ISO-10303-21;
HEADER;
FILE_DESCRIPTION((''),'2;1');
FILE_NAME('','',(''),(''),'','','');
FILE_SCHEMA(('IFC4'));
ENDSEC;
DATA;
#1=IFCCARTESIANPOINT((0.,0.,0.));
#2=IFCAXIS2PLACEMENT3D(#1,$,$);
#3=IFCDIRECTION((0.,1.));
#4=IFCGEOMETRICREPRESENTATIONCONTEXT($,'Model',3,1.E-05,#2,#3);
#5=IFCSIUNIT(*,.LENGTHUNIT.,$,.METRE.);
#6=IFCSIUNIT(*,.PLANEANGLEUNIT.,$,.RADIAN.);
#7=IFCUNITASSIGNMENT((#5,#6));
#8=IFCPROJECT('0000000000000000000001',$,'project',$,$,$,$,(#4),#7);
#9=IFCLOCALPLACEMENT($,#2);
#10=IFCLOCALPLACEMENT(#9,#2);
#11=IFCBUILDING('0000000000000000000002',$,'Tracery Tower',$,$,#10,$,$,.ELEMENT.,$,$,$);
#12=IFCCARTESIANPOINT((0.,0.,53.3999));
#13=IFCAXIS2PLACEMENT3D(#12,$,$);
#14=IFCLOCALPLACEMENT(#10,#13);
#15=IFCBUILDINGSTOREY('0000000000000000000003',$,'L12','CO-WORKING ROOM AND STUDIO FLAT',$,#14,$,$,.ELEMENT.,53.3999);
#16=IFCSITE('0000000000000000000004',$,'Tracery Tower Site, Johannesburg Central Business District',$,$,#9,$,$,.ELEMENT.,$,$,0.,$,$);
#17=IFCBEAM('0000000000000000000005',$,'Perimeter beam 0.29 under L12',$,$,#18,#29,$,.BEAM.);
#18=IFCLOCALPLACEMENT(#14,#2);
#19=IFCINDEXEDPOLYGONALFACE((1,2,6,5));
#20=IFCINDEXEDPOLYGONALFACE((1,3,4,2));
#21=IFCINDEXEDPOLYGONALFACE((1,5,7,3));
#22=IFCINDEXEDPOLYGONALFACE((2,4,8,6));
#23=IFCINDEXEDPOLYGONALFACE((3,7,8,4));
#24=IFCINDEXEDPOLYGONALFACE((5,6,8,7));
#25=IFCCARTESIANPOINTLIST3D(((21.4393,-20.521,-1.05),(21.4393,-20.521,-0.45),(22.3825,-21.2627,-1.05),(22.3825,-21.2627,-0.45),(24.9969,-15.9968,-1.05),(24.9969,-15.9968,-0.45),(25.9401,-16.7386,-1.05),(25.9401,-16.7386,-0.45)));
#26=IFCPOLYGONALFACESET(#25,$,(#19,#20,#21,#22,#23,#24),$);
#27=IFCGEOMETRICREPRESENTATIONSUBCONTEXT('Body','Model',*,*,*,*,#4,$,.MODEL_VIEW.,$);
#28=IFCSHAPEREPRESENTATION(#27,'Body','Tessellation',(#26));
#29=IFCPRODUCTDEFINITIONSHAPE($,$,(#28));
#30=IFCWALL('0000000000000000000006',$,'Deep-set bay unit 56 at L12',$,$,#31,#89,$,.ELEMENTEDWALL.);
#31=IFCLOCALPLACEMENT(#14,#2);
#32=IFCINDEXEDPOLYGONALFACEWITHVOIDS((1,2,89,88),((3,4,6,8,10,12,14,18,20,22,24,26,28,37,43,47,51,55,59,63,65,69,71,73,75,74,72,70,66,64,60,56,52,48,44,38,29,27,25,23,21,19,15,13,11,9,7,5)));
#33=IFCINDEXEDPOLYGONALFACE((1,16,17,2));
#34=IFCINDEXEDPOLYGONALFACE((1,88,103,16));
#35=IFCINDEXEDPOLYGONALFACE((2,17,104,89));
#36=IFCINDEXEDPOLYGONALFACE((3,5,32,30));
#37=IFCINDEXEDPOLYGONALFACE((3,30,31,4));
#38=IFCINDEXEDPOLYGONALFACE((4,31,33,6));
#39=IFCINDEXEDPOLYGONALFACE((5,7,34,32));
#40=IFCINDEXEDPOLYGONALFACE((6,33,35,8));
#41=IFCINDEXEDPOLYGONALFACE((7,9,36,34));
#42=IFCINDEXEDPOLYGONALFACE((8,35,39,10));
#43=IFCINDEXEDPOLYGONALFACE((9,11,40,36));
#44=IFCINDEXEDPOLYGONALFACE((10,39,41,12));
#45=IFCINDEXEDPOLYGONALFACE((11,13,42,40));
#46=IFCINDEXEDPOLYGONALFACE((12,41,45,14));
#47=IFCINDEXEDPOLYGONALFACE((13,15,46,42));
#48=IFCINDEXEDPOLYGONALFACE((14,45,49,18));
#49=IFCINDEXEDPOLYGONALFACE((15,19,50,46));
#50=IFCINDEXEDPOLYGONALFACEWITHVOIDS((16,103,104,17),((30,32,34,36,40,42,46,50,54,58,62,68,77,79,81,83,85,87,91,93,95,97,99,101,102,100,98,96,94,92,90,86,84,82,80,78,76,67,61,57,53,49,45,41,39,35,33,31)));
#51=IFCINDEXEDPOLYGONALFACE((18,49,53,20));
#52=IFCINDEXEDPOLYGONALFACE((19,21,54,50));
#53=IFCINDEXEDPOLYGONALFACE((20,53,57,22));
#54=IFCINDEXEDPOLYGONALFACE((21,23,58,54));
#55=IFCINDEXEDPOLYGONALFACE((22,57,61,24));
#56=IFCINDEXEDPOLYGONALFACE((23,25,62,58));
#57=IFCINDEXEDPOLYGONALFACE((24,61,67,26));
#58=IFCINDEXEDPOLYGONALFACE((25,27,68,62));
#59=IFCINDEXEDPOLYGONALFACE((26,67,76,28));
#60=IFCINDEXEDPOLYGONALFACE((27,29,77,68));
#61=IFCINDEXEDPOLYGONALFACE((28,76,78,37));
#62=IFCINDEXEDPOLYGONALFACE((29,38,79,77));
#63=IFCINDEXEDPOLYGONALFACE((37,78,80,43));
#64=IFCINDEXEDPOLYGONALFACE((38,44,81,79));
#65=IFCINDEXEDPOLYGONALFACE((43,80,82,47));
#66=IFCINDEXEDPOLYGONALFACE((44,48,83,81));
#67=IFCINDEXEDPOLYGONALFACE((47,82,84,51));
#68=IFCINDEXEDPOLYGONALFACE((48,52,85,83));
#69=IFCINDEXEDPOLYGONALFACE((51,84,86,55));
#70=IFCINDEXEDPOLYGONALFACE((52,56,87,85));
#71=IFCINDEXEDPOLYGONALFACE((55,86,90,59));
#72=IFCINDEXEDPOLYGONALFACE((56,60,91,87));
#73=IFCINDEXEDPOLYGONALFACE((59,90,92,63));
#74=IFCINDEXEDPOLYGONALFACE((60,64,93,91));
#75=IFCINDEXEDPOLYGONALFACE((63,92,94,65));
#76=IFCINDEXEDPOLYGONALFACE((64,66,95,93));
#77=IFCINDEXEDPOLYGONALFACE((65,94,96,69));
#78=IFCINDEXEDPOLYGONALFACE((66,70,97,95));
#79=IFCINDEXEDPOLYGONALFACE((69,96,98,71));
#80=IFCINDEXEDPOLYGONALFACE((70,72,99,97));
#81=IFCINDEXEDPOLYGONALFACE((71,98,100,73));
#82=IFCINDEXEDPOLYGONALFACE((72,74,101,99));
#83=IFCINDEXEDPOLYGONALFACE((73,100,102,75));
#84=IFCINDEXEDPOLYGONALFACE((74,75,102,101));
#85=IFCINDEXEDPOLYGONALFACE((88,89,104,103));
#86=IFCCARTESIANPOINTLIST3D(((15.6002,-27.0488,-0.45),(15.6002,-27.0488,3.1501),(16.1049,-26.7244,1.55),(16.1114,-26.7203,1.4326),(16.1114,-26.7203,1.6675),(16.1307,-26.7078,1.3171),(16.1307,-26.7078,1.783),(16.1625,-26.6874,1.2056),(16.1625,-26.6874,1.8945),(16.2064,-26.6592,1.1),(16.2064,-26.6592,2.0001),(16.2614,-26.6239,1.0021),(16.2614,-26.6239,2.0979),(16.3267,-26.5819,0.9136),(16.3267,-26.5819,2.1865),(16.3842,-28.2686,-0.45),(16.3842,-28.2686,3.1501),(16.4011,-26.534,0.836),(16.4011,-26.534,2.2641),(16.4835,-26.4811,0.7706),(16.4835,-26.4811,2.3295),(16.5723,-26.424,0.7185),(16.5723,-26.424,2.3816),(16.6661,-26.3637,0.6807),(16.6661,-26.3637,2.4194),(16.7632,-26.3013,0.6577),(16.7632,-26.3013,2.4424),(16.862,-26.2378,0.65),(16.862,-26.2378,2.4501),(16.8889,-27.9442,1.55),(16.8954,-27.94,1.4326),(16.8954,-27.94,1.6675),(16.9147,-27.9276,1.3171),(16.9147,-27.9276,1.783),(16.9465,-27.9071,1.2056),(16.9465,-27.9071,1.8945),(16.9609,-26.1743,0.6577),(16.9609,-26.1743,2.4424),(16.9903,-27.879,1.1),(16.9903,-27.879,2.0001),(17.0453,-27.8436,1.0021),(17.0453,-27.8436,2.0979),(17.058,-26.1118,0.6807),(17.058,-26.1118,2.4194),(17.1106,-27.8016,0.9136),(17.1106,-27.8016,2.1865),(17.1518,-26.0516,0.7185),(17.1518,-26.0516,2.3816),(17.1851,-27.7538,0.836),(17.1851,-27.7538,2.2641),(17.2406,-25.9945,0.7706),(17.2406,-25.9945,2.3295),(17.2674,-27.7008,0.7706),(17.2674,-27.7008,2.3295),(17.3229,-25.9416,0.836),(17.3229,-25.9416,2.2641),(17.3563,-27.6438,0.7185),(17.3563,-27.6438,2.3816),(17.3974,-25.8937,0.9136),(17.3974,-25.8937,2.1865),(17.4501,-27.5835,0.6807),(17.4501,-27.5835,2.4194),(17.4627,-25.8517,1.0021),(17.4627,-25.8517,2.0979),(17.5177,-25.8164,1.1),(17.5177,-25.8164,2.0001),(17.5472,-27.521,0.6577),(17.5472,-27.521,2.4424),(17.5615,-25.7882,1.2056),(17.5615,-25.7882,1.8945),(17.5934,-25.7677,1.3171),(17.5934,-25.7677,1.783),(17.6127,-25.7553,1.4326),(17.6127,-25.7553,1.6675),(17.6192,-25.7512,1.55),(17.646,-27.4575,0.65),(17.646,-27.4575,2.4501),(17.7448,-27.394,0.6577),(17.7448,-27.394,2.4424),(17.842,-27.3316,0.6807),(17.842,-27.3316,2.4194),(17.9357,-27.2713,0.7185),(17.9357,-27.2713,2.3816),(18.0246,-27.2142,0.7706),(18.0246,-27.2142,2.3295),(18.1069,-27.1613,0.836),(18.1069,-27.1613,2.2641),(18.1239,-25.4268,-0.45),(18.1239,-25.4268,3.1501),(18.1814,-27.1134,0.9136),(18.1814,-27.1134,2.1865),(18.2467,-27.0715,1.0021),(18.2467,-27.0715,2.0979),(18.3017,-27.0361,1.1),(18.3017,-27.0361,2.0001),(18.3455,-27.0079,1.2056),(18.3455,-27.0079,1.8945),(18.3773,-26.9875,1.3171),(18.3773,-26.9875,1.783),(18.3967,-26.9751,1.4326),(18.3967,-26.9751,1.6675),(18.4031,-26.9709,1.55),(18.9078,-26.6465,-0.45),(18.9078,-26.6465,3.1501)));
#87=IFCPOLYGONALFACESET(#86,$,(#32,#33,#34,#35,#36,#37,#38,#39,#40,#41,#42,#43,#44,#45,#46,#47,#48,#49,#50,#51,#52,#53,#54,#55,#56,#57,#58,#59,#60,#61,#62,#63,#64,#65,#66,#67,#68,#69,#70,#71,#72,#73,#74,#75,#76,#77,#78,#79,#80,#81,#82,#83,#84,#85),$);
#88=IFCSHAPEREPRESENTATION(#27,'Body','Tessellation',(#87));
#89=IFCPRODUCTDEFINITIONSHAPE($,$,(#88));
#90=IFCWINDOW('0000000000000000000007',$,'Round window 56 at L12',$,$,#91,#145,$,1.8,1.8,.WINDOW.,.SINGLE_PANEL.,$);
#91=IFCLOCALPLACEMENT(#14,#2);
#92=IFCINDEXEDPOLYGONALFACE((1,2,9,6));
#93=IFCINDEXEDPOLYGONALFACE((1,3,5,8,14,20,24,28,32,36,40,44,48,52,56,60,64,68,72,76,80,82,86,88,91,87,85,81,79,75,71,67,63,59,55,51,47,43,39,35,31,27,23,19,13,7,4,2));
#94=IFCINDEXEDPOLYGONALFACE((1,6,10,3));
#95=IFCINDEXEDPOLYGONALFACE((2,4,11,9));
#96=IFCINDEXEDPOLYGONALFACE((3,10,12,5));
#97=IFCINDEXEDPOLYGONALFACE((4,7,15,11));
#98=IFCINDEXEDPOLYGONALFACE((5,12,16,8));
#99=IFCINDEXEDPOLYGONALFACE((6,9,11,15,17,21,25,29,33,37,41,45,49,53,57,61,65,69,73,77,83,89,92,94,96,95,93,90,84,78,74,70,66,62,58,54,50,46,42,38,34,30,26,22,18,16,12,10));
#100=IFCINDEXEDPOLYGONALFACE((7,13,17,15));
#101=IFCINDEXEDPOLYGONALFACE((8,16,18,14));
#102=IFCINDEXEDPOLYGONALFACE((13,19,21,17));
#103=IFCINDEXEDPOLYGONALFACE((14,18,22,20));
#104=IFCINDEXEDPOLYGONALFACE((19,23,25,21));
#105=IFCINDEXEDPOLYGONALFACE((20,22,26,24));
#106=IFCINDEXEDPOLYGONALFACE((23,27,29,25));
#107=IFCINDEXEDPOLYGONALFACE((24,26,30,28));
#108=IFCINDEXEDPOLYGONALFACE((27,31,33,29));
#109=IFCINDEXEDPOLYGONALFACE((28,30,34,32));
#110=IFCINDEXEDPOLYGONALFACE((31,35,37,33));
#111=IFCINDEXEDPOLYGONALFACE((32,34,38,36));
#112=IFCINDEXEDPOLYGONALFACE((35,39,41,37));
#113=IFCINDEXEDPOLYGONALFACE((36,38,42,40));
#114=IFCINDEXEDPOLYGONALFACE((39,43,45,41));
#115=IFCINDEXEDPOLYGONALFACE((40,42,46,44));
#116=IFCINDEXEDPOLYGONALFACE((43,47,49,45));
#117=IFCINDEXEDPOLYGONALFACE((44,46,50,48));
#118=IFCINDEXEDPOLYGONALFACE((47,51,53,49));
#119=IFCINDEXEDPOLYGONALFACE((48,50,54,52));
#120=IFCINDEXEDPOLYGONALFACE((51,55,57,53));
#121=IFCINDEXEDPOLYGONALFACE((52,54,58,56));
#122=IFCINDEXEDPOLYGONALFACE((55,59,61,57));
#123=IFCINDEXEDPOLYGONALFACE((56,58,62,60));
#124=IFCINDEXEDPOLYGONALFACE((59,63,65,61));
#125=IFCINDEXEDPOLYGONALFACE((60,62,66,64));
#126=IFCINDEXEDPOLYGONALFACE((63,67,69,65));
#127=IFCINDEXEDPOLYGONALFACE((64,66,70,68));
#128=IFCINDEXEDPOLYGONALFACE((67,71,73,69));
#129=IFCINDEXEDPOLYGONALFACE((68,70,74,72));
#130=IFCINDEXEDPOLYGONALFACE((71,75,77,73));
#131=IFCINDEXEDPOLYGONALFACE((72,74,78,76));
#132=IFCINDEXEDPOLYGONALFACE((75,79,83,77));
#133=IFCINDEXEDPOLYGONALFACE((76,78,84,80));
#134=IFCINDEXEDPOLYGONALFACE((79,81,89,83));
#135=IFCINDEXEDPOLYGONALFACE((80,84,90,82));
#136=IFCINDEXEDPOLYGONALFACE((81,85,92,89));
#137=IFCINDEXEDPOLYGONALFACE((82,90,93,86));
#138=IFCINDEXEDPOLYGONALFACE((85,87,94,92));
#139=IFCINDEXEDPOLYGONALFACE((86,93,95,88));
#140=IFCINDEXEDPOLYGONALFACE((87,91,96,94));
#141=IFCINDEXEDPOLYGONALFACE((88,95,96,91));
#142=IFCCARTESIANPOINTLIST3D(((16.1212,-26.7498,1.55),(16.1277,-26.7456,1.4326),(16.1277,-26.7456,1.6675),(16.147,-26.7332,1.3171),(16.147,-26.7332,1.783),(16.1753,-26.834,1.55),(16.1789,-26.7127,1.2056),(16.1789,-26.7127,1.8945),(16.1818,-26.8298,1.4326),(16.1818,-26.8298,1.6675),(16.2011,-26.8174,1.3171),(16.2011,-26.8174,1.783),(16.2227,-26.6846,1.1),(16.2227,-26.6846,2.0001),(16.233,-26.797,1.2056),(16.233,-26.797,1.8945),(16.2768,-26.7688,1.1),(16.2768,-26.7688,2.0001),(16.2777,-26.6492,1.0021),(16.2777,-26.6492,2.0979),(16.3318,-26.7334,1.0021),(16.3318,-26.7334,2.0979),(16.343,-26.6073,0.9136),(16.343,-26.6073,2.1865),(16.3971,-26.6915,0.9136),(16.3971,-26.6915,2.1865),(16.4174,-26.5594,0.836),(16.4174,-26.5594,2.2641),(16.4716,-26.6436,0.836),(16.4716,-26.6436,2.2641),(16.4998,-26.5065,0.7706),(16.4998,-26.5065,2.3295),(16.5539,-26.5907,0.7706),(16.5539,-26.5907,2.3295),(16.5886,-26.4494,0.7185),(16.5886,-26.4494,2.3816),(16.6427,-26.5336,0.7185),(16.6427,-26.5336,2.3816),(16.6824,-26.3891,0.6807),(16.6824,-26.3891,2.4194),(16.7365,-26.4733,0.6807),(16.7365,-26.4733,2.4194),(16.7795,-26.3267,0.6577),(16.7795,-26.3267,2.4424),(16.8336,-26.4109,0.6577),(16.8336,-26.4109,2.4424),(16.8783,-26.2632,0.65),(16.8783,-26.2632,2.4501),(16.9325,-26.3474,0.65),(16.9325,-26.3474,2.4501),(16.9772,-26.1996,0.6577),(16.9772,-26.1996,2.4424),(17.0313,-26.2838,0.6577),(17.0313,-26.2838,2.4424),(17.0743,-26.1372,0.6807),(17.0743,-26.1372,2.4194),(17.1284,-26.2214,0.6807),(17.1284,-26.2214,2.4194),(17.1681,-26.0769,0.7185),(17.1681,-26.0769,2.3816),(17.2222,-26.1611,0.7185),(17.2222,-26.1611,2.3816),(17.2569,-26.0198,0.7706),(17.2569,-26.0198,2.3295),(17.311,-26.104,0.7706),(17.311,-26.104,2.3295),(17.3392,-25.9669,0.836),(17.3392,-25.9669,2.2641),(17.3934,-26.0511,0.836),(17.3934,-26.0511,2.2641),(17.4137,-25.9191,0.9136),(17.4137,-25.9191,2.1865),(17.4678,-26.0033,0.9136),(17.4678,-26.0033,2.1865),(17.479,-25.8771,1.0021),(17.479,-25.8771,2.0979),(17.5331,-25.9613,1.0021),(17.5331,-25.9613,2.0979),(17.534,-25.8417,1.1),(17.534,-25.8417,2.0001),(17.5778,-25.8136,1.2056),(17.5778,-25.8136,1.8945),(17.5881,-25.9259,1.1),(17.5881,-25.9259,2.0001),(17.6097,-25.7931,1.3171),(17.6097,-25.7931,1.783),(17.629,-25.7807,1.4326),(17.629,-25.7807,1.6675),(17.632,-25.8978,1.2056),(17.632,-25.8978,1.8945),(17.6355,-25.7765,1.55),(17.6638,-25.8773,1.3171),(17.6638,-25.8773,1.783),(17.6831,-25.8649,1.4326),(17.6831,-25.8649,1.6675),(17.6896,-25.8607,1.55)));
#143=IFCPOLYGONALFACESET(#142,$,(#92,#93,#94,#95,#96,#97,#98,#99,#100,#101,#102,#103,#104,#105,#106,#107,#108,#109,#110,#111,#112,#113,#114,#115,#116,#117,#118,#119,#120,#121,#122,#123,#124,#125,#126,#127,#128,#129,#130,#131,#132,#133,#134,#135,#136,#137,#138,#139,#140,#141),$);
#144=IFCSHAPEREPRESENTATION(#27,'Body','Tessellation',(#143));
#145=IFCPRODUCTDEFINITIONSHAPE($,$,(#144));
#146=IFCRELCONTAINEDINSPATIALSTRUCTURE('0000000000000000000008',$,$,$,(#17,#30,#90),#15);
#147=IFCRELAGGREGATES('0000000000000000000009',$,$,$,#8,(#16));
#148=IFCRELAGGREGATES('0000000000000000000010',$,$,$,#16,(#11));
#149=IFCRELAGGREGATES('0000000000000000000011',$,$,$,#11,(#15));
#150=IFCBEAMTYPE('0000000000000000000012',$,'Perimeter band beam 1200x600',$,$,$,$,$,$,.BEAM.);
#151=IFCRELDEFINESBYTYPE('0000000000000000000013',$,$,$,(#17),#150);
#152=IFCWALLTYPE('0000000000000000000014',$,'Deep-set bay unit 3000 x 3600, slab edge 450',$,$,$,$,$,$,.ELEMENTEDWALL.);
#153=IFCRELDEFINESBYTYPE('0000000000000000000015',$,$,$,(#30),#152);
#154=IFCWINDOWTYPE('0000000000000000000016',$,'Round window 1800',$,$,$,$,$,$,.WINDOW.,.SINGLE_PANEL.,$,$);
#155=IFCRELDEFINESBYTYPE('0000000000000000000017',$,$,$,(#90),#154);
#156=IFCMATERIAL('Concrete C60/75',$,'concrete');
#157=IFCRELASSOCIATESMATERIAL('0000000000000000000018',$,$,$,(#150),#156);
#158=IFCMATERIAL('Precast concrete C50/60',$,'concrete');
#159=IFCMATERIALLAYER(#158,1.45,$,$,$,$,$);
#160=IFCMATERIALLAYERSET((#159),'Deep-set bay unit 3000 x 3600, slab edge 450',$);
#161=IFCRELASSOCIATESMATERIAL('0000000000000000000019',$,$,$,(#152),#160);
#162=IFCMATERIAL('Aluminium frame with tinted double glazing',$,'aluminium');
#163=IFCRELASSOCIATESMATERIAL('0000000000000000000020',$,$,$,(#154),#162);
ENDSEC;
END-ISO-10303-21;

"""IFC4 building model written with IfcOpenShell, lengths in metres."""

from ifc_helpers import new_model, si_unit, direction, frame, frame_2d, origin, origin_2d, place, context, subcontext, project, spatial, rectangle, circle, extrude, material, layer, layer_set, material_profile, profile_set, type_object, element, fill, save


model = new_model("IFC4")

# Units and contexts
model_context = context("Model", 3, precision=1e-05, world=origin(), true_north=direction((0.0, 1.0)))
body_context = subcontext(model_context, "Body", "Model", "MODEL_VIEW")
ifc_project = project(units=[si_unit("LENGTHUNIT", "METRE"), si_unit("PLANEANGLEUNIT", "RADIAN")], contexts=[model_context])

# Site, building, storey
site_placement = place(None, origin())
site = spatial("IfcSite", under=ifc_project, at=site_placement, Name="Tracery Tower Site, Johannesburg Central Business District", CompositionType="ELEMENT", RefElevation=0.0)
building_placement = place(site_placement, origin())
building = spatial("IfcBuilding", under=site, at=building_placement, Name="Tracery Tower", CompositionType="ELEMENT")
storey_placement = place(building_placement, frame((0.0, 0.0, 53.3999)))
storey = spatial("IfcBuildingStorey", under=building, at=storey_placement, Name="L12", Description="CO-WORKING ROOM AND STUDIO FLAT", CompositionType="ELEMENT", Elevation=53.3999)

# Beam
ifc_material_1 = material(Name="Concrete C60/75", Category="concrete")
ifc_material_profile_1 = material_profile(ifc_material_1, rectangle(XDim=1.2, YDim=0.6001, at=origin_2d()), Name="RC 1200x600")
ifc_profile_set_1 = profile_set([ifc_material_profile_1], Name="Concrete C60/75")
beam_type = type_object("IfcBeamType", Name="Perimeter band beam 1200x600", PredefinedType="BEAM", material=ifc_profile_set_1)
beam_1_placement = place(storey_placement, frame((21.9109, -20.8918, -0.75), z_axis=(0.618134, 0.786072, 0.0), x_axis=(-0.786072, 0.618134, 0.0)))
element("IfcBeam", 1, at=beam_1_placement, inside=storey, type_object=beam_type, Name="Perimeter beam 0.29 under L12", PredefinedType="BEAM", context=body_context, shape_type="SweptSolid", body=[
    extrude(rectangle(XDim=1.2, YDim=0.6001, at=origin_2d()), origin(), (0.0, 0.0, 1.0), 5.7554),
])

# Wall, opening, window
ifc_material_2 = material(Name="Precast concrete C50/60", Category="concrete")
ifc_layer_1 = layer(ifc_material_2, 1.45)
ifc_layer_set_1 = layer_set([ifc_layer_1], Name="Deep-set bay unit 3000 x 3600, slab edge 450")
wall_type_1 = type_object("IfcWallType", Name="Deep-set bay unit 3000 x 3600, slab edge 450", PredefinedType="ELEMENTEDWALL", material=ifc_layer_set_1)
wall_1_placement = place(storey_placement, frame((15.9922, -27.6587, -0.45), z_axis=(0.0, 0.0, 1.0), x_axis=(0.841223, 0.540688, 0.0)))
wall_1 = element("IfcWall", 2, at=wall_1_placement, inside=storey, type_object=wall_type_1, Name="Deep-set bay unit 56 at L12", PredefinedType="ELEMENTEDWALL", context=body_context, shape_type="SweptSolid", body=[
    extrude(rectangle(XDim=3.0, YDim=1.45, at=frame_2d((1.5, 0.0))), origin(), (0.0, 0.0, 1.0), 3.6001),
])
opening_1_placement = place(wall_1_placement, frame((1.5, 0.0, 2.0)))
opening_1 = element("IfcOpeningElement", 3, at=opening_1_placement, cuts=wall_1, PredefinedType="OPENING", context=body_context, shape_type="SweptSolid", body=[
    extrude(circle(Radius=0.9, at=origin_2d()), frame((0.0, 0.7349, 0.0), z_axis=(0.0, -1.0, 0.0), x_axis=(1.0, 0.0, 0.0)), (0.0, 0.0, 1.0), 1.47),
])
ifc_material_3 = material(Name="Aluminium frame with tinted double glazing", Category="aluminium")
window_type = type_object("IfcWindowType", Name="Round window 1800", PartitioningType="SINGLE_PANEL", PredefinedType="WINDOW", material=ifc_material_3)
window_1_placement = place(opening_1_placement, origin())
window_1 = element("IfcWindow", 4, at=window_1_placement, inside=storey, type_object=window_type, Name="Round window 56 at L12", OverallHeight=1.8, OverallWidth=1.8, PartitioningType="SINGLE_PANEL", PredefinedType="WINDOW", context=body_context, shape_type="SweptSolid", body=[
    extrude(circle(Radius=0.9, at=origin_2d()), frame((0.0, 0.6948, 0.0), z_axis=(0.0, -1.0, 0.0), x_axis=(1.0, 0.0, 0.0)), (0.0, 0.0, 1.0), 0.1001),
])
fill(opening_1, window_1)

save(model, "model.ifc")
